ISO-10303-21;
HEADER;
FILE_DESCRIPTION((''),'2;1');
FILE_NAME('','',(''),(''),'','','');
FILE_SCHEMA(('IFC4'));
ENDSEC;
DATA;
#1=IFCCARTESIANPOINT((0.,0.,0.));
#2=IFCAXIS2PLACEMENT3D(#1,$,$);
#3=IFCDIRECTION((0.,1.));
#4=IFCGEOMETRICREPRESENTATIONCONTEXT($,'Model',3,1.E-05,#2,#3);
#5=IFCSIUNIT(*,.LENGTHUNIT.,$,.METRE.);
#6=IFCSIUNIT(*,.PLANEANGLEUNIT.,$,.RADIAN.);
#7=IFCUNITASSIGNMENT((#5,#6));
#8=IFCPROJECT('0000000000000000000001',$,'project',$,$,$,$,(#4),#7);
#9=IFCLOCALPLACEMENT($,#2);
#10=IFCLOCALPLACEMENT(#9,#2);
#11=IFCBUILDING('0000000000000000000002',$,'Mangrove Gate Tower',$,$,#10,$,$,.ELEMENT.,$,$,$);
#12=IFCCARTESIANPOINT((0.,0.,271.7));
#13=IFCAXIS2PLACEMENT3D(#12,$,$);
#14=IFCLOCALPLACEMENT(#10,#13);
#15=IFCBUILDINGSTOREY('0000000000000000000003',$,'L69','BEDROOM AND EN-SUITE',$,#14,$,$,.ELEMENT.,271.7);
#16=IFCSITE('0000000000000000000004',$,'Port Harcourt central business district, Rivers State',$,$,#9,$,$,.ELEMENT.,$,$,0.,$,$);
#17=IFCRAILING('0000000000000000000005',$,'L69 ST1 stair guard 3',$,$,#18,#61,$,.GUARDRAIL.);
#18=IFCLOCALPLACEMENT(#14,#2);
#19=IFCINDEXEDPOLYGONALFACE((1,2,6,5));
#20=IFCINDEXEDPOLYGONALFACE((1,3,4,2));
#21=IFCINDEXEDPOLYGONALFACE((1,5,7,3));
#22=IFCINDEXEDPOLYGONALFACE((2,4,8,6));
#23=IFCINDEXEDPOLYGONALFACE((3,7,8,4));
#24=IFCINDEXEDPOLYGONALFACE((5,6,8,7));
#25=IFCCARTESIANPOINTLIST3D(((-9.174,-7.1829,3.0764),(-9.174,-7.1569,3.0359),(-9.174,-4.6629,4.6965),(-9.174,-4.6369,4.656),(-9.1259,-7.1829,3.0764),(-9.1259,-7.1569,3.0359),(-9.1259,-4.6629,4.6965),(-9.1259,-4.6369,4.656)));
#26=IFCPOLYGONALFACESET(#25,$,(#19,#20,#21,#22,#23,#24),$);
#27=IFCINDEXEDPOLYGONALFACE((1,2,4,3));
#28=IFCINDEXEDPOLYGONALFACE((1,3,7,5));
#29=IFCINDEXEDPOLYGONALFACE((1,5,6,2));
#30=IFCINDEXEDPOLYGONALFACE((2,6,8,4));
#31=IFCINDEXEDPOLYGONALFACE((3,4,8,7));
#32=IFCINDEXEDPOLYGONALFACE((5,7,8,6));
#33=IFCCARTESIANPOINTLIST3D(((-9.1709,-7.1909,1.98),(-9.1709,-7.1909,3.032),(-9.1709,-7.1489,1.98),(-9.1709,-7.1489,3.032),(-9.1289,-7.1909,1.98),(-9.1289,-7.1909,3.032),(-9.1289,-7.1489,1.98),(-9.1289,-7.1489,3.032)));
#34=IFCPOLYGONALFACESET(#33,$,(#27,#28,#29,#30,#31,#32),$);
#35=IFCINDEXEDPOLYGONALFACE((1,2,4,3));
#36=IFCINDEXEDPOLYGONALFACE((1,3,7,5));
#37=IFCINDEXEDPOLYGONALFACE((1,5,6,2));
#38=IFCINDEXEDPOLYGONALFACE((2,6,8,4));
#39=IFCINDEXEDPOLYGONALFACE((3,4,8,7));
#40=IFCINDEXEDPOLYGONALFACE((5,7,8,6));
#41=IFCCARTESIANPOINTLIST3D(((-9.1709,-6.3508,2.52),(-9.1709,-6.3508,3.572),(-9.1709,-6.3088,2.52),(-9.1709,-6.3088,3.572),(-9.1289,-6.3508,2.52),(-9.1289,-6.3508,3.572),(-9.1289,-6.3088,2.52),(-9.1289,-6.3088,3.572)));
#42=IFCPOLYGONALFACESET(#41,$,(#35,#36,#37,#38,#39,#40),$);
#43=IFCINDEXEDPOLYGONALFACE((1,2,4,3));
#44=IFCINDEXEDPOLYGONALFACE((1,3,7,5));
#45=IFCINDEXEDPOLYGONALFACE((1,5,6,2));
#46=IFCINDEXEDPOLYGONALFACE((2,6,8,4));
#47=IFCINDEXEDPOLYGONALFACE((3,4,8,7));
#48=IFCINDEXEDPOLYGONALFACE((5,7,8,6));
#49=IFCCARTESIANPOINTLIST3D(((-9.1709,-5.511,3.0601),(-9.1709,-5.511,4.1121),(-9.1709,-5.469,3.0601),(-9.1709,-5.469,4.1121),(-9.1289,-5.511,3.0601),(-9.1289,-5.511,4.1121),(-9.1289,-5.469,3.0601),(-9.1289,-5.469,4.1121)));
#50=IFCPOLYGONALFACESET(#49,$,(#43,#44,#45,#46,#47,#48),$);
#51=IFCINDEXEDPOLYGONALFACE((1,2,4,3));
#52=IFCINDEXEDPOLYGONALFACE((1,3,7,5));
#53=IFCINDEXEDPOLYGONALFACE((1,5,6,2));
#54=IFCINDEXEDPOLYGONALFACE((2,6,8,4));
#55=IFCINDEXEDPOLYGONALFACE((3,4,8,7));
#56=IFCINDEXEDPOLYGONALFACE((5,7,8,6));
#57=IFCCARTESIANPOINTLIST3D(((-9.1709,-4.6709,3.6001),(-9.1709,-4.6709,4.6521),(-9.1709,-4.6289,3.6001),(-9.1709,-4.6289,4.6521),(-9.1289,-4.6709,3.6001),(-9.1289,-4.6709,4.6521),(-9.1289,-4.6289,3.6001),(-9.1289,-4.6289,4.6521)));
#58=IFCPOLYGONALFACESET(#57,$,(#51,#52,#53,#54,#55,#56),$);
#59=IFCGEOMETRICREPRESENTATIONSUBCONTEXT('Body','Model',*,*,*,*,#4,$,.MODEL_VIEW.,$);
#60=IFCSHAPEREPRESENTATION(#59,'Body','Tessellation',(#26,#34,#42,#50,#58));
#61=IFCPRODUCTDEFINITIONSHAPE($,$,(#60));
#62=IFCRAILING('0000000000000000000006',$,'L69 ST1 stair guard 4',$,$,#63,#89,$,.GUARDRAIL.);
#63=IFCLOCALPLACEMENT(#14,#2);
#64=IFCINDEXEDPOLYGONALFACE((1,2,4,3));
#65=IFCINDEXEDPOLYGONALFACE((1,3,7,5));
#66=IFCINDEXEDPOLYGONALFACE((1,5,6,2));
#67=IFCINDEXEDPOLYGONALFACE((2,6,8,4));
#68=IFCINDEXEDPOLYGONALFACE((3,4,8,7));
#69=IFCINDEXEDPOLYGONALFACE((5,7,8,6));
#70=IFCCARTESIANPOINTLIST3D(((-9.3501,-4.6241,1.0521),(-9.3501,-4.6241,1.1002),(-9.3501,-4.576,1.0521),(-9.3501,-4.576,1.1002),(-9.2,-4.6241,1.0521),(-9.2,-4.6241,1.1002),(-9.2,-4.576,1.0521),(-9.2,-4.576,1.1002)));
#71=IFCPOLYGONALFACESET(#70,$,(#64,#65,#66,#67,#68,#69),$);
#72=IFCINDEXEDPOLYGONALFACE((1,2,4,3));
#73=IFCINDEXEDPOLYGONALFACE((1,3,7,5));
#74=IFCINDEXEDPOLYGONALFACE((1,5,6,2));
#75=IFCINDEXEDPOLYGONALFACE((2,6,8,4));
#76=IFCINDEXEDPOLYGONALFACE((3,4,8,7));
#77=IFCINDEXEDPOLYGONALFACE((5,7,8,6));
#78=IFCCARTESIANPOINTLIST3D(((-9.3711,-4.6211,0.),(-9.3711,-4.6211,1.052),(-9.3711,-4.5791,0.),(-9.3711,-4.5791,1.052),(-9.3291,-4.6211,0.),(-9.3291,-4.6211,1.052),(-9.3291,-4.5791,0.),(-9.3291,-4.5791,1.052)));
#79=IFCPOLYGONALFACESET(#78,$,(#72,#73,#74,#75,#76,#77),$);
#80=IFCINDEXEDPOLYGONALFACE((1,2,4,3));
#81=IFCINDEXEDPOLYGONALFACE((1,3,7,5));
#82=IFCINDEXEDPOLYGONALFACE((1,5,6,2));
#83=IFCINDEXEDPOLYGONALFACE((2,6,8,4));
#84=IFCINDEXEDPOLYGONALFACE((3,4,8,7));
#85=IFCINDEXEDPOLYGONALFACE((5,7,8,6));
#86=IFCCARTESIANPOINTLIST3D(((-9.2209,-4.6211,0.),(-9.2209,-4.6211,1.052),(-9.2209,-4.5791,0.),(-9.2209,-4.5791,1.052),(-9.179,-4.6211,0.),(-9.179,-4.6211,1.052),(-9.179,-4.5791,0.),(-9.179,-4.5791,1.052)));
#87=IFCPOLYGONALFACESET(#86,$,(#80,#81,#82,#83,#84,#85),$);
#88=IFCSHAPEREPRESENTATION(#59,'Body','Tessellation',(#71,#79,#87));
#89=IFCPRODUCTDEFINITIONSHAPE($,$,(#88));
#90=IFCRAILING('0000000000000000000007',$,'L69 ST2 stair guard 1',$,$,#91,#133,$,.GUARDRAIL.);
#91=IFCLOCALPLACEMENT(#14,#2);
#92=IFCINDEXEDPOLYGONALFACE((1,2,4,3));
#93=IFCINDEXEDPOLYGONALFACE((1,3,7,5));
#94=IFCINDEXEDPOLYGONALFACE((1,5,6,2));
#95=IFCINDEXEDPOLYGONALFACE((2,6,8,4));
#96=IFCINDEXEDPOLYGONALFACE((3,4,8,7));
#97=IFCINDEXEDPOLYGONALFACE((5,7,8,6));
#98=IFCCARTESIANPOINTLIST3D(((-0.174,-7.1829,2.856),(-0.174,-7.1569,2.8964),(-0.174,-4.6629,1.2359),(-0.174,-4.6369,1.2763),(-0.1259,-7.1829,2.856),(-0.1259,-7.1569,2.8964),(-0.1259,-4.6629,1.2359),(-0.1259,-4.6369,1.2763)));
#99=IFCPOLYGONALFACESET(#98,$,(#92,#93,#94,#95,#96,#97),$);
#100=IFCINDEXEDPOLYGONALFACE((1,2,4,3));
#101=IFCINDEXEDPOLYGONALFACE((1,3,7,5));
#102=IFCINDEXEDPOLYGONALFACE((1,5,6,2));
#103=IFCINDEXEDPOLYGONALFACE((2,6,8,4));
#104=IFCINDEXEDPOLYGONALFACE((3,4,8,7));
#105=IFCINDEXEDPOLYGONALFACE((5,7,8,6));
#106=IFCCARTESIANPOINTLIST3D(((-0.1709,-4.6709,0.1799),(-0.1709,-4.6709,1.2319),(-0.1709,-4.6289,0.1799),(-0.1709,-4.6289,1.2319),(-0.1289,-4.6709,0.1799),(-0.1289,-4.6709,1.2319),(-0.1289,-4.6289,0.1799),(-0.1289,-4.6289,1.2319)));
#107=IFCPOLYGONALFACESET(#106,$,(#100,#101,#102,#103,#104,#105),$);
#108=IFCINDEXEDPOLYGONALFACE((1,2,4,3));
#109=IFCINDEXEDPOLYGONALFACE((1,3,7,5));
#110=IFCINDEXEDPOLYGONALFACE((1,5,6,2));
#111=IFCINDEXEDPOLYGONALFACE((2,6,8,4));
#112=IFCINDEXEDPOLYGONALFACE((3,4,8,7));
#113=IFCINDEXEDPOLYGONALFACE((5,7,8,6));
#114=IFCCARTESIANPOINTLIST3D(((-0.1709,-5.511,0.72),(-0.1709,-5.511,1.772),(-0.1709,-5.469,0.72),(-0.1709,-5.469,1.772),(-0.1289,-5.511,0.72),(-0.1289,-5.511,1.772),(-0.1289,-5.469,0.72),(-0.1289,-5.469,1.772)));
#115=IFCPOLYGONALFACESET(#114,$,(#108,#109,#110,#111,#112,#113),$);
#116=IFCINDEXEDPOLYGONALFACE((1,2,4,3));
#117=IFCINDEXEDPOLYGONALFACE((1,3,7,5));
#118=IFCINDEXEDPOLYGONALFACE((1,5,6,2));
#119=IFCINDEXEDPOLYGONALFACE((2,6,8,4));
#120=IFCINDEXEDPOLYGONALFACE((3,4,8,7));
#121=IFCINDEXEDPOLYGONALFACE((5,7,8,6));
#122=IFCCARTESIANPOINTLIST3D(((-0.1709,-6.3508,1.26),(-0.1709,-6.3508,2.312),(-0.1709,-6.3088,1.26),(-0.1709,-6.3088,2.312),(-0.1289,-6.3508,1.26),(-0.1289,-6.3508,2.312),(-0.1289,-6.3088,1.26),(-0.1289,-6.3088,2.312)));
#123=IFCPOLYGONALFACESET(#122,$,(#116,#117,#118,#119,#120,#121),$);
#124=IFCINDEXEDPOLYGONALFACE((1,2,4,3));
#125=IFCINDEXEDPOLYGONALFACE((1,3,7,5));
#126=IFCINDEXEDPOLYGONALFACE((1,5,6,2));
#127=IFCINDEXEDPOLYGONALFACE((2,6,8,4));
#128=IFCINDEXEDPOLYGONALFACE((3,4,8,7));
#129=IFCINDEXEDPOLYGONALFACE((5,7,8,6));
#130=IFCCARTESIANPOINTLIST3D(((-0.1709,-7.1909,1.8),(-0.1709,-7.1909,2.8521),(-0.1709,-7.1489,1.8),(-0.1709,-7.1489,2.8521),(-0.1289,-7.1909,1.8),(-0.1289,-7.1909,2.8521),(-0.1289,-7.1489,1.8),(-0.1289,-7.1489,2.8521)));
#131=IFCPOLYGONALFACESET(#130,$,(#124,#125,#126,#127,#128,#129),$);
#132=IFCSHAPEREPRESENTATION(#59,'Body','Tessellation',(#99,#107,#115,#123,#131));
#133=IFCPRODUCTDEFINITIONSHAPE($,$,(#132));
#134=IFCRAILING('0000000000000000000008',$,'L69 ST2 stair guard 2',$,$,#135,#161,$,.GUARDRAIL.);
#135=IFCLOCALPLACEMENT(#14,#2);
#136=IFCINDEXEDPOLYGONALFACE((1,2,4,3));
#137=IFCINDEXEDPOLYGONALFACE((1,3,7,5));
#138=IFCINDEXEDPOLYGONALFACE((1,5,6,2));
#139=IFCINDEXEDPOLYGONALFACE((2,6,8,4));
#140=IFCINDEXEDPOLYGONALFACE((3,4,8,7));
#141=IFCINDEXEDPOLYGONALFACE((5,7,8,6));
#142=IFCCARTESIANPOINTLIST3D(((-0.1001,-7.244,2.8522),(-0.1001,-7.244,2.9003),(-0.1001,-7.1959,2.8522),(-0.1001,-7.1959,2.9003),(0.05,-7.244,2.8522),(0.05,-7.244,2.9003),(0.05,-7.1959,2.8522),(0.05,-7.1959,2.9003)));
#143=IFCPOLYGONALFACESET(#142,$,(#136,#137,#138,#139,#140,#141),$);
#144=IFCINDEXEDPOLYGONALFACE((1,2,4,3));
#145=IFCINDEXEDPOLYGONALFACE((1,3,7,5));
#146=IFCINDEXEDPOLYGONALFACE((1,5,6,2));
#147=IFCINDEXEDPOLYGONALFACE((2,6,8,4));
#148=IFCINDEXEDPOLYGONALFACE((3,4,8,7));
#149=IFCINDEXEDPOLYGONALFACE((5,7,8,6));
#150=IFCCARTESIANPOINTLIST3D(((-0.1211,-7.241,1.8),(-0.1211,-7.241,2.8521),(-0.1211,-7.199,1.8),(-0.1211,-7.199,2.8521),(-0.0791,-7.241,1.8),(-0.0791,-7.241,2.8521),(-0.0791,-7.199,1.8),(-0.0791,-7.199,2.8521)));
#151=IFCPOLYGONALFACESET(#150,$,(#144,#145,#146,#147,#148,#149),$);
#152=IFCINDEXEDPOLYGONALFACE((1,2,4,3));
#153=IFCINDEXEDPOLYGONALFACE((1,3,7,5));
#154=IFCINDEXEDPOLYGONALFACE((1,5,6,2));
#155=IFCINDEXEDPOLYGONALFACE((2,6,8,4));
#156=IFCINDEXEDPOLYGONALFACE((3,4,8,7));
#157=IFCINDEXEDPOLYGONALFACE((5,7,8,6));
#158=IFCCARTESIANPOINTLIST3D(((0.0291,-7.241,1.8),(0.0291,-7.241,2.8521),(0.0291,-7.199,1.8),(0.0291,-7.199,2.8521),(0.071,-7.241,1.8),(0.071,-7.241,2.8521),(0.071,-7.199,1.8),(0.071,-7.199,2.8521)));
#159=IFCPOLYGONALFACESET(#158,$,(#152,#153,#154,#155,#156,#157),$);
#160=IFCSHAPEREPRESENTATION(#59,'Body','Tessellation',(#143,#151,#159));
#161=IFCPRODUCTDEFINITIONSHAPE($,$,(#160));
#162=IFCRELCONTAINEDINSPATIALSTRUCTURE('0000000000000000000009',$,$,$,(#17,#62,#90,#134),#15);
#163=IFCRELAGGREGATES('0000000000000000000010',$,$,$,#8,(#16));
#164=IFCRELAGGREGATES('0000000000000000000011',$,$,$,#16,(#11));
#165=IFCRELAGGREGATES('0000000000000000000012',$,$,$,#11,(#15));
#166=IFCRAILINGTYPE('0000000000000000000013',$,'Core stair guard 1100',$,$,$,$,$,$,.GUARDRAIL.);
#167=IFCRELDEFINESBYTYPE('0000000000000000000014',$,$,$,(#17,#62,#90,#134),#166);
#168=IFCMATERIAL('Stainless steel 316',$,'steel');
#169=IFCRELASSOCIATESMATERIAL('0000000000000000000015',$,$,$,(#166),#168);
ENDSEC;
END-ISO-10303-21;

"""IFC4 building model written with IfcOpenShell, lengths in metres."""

from ifc_helpers import new_model, si_unit, direction, frame, origin, origin_2d, place, context, subcontext, project, spatial, rectangle, extrude, material, type_object, element, save


model = new_model("IFC4")

# Units and contexts
model_context = context("Model", 3, precision=1e-05, world=origin(), true_north=direction((0.0, 1.0)))
body_context = subcontext(model_context, "Body", "Model", "MODEL_VIEW")
ifc_project = project(units=[si_unit("LENGTHUNIT", "METRE"), si_unit("PLANEANGLEUNIT", "RADIAN")], contexts=[model_context])

# Site, building, storey
site_placement = place(None, origin())
site = spatial("IfcSite", under=ifc_project, at=site_placement, Name="Port Harcourt central business district, Rivers State", CompositionType="ELEMENT", RefElevation=0.0)
building_placement = place(site_placement, origin())
building = spatial("IfcBuilding", under=site, at=building_placement, Name="Mangrove Gate Tower", CompositionType="ELEMENT")
storey_placement = place(building_placement, frame((0.0, 0.0, 271.7)))
storey = spatial("IfcBuildingStorey", under=building, at=storey_placement, Name="L69", Description="BEDROOM AND EN-SUITE", CompositionType="ELEMENT", Elevation=271.7)

# Railings
ifc_material_1 = material(Name="Stainless steel 316", Category="steel")
railing_type_1 = type_object("IfcRailingType", Name="Core stair guard 1100", PredefinedType="GUARDRAIL", material=ifc_material_1)
railing_1_placement = place(storey_placement, frame((-9.1499, -7.1699, 1.98)))
element("IfcRailing", 1, at=railing_1_placement, inside=storey, type_object=railing_type_1, Name="L69 ST1 stair guard 3", PredefinedType="GUARDRAIL", context=body_context, shape_type="SweptSolid", body=[
    extrude(rectangle(XDim=0.0481, YDim=0.0481, at=origin_2d()), frame((0.0, 0.0, 1.0762), z_axis=(0.0, 0.841163, 0.540782), x_axis=(-1.0, 0.0, 0.0)), (0.0, 0.0, 1.0), 2.9958),
    extrude(rectangle(XDim=0.042, YDim=0.042, at=origin_2d()), origin(), (0.0, 0.0, 1.0), 1.052),
    extrude(rectangle(XDim=0.042, YDim=0.042, at=origin_2d()), frame((0.0, 0.8401, 0.54)), (0.0, 0.0, 1.0), 1.052),
    extrude(rectangle(XDim=0.042, YDim=0.042, at=origin_2d()), frame((0.0, 1.6799, 1.0801)), (0.0, 0.0, 1.0), 1.052),
    extrude(rectangle(XDim=0.042, YDim=0.042, at=origin_2d()), frame((0.0, 2.52, 1.6201)), (0.0, 0.0, 1.0), 1.052),
])
railing_2_placement = place(storey_placement, frame((-9.3501, -4.6001, 0.0)))
element("IfcRailing", 2, at=railing_2_placement, inside=storey, type_object=railing_type_1, Name="L69 ST1 stair guard 4", PredefinedType="GUARDRAIL", context=body_context, shape_type="SweptSolid", body=[
    extrude(rectangle(XDim=0.0481, YDim=0.0481, at=origin_2d()), frame((0.0, 0.0, 1.0762), z_axis=(1.0, 0.0, 0.0), x_axis=(0.0, 1.0, 0.0)), (0.0, 0.0, 1.0), 0.1501),
    extrude(rectangle(XDim=0.042, YDim=0.042, at=origin_2d()), origin(), (0.0, 0.0, 1.0), 1.052),
    extrude(rectangle(XDim=0.042, YDim=0.042, at=origin_2d()), frame((0.1501, 0.0, 0.0)), (0.0, 0.0, 1.0), 1.052),
])
railing_3_placement = place(storey_placement, frame((-0.1499, -4.6499, 0.1799)))
element("IfcRailing", 3, at=railing_3_placement, inside=storey, type_object=railing_type_1, Name="L69 ST2 stair guard 1", PredefinedType="GUARDRAIL", context=body_context, shape_type="SweptSolid", body=[
    extrude(rectangle(XDim=0.0481, YDim=0.0481, at=origin_2d()), frame((0.0, 0.0, 1.0762), z_axis=(0.0, -0.841163, 0.540782), x_axis=(1.0, 0.0, 0.0)), (0.0, 0.0, 1.0), 2.9958),
    extrude(rectangle(XDim=0.042, YDim=0.042, at=origin_2d()), origin(), (0.0, 0.0, 1.0), 1.052),
    extrude(rectangle(XDim=0.042, YDim=0.042, at=origin_2d()), frame((0.0, -0.8401, 0.54)), (0.0, 0.0, 1.0), 1.052),
    extrude(rectangle(XDim=0.042, YDim=0.042, at=origin_2d()), frame((0.0, -1.6799, 1.0801)), (0.0, 0.0, 1.0), 1.052),
    extrude(rectangle(XDim=0.042, YDim=0.042, at=origin_2d()), frame((0.0, -2.52, 1.6201)), (0.0, 0.0, 1.0), 1.052),
])
railing_4_placement = place(storey_placement, frame((-0.1001, -7.22, 1.8)))
element("IfcRailing", 4, at=railing_4_placement, inside=storey, type_object=railing_type_1, Name="L69 ST2 stair guard 2", PredefinedType="GUARDRAIL", context=body_context, shape_type="SweptSolid", body=[
    extrude(rectangle(XDim=0.0481, YDim=0.0481, at=origin_2d()), frame((0.0, 0.0, 1.0762), z_axis=(1.0, 0.0, 0.0), x_axis=(0.0, 1.0, 0.0)), (0.0, 0.0, 1.0), 0.1501),
    extrude(rectangle(XDim=0.042, YDim=0.042, at=origin_2d()), origin(), (0.0, 0.0, 1.0), 1.052),
    extrude(rectangle(XDim=0.042, YDim=0.042, at=origin_2d()), frame((0.1501, 0.0, 0.0)), (0.0, 0.0, 1.0), 1.052),
])

save(model, "model.ifc")
